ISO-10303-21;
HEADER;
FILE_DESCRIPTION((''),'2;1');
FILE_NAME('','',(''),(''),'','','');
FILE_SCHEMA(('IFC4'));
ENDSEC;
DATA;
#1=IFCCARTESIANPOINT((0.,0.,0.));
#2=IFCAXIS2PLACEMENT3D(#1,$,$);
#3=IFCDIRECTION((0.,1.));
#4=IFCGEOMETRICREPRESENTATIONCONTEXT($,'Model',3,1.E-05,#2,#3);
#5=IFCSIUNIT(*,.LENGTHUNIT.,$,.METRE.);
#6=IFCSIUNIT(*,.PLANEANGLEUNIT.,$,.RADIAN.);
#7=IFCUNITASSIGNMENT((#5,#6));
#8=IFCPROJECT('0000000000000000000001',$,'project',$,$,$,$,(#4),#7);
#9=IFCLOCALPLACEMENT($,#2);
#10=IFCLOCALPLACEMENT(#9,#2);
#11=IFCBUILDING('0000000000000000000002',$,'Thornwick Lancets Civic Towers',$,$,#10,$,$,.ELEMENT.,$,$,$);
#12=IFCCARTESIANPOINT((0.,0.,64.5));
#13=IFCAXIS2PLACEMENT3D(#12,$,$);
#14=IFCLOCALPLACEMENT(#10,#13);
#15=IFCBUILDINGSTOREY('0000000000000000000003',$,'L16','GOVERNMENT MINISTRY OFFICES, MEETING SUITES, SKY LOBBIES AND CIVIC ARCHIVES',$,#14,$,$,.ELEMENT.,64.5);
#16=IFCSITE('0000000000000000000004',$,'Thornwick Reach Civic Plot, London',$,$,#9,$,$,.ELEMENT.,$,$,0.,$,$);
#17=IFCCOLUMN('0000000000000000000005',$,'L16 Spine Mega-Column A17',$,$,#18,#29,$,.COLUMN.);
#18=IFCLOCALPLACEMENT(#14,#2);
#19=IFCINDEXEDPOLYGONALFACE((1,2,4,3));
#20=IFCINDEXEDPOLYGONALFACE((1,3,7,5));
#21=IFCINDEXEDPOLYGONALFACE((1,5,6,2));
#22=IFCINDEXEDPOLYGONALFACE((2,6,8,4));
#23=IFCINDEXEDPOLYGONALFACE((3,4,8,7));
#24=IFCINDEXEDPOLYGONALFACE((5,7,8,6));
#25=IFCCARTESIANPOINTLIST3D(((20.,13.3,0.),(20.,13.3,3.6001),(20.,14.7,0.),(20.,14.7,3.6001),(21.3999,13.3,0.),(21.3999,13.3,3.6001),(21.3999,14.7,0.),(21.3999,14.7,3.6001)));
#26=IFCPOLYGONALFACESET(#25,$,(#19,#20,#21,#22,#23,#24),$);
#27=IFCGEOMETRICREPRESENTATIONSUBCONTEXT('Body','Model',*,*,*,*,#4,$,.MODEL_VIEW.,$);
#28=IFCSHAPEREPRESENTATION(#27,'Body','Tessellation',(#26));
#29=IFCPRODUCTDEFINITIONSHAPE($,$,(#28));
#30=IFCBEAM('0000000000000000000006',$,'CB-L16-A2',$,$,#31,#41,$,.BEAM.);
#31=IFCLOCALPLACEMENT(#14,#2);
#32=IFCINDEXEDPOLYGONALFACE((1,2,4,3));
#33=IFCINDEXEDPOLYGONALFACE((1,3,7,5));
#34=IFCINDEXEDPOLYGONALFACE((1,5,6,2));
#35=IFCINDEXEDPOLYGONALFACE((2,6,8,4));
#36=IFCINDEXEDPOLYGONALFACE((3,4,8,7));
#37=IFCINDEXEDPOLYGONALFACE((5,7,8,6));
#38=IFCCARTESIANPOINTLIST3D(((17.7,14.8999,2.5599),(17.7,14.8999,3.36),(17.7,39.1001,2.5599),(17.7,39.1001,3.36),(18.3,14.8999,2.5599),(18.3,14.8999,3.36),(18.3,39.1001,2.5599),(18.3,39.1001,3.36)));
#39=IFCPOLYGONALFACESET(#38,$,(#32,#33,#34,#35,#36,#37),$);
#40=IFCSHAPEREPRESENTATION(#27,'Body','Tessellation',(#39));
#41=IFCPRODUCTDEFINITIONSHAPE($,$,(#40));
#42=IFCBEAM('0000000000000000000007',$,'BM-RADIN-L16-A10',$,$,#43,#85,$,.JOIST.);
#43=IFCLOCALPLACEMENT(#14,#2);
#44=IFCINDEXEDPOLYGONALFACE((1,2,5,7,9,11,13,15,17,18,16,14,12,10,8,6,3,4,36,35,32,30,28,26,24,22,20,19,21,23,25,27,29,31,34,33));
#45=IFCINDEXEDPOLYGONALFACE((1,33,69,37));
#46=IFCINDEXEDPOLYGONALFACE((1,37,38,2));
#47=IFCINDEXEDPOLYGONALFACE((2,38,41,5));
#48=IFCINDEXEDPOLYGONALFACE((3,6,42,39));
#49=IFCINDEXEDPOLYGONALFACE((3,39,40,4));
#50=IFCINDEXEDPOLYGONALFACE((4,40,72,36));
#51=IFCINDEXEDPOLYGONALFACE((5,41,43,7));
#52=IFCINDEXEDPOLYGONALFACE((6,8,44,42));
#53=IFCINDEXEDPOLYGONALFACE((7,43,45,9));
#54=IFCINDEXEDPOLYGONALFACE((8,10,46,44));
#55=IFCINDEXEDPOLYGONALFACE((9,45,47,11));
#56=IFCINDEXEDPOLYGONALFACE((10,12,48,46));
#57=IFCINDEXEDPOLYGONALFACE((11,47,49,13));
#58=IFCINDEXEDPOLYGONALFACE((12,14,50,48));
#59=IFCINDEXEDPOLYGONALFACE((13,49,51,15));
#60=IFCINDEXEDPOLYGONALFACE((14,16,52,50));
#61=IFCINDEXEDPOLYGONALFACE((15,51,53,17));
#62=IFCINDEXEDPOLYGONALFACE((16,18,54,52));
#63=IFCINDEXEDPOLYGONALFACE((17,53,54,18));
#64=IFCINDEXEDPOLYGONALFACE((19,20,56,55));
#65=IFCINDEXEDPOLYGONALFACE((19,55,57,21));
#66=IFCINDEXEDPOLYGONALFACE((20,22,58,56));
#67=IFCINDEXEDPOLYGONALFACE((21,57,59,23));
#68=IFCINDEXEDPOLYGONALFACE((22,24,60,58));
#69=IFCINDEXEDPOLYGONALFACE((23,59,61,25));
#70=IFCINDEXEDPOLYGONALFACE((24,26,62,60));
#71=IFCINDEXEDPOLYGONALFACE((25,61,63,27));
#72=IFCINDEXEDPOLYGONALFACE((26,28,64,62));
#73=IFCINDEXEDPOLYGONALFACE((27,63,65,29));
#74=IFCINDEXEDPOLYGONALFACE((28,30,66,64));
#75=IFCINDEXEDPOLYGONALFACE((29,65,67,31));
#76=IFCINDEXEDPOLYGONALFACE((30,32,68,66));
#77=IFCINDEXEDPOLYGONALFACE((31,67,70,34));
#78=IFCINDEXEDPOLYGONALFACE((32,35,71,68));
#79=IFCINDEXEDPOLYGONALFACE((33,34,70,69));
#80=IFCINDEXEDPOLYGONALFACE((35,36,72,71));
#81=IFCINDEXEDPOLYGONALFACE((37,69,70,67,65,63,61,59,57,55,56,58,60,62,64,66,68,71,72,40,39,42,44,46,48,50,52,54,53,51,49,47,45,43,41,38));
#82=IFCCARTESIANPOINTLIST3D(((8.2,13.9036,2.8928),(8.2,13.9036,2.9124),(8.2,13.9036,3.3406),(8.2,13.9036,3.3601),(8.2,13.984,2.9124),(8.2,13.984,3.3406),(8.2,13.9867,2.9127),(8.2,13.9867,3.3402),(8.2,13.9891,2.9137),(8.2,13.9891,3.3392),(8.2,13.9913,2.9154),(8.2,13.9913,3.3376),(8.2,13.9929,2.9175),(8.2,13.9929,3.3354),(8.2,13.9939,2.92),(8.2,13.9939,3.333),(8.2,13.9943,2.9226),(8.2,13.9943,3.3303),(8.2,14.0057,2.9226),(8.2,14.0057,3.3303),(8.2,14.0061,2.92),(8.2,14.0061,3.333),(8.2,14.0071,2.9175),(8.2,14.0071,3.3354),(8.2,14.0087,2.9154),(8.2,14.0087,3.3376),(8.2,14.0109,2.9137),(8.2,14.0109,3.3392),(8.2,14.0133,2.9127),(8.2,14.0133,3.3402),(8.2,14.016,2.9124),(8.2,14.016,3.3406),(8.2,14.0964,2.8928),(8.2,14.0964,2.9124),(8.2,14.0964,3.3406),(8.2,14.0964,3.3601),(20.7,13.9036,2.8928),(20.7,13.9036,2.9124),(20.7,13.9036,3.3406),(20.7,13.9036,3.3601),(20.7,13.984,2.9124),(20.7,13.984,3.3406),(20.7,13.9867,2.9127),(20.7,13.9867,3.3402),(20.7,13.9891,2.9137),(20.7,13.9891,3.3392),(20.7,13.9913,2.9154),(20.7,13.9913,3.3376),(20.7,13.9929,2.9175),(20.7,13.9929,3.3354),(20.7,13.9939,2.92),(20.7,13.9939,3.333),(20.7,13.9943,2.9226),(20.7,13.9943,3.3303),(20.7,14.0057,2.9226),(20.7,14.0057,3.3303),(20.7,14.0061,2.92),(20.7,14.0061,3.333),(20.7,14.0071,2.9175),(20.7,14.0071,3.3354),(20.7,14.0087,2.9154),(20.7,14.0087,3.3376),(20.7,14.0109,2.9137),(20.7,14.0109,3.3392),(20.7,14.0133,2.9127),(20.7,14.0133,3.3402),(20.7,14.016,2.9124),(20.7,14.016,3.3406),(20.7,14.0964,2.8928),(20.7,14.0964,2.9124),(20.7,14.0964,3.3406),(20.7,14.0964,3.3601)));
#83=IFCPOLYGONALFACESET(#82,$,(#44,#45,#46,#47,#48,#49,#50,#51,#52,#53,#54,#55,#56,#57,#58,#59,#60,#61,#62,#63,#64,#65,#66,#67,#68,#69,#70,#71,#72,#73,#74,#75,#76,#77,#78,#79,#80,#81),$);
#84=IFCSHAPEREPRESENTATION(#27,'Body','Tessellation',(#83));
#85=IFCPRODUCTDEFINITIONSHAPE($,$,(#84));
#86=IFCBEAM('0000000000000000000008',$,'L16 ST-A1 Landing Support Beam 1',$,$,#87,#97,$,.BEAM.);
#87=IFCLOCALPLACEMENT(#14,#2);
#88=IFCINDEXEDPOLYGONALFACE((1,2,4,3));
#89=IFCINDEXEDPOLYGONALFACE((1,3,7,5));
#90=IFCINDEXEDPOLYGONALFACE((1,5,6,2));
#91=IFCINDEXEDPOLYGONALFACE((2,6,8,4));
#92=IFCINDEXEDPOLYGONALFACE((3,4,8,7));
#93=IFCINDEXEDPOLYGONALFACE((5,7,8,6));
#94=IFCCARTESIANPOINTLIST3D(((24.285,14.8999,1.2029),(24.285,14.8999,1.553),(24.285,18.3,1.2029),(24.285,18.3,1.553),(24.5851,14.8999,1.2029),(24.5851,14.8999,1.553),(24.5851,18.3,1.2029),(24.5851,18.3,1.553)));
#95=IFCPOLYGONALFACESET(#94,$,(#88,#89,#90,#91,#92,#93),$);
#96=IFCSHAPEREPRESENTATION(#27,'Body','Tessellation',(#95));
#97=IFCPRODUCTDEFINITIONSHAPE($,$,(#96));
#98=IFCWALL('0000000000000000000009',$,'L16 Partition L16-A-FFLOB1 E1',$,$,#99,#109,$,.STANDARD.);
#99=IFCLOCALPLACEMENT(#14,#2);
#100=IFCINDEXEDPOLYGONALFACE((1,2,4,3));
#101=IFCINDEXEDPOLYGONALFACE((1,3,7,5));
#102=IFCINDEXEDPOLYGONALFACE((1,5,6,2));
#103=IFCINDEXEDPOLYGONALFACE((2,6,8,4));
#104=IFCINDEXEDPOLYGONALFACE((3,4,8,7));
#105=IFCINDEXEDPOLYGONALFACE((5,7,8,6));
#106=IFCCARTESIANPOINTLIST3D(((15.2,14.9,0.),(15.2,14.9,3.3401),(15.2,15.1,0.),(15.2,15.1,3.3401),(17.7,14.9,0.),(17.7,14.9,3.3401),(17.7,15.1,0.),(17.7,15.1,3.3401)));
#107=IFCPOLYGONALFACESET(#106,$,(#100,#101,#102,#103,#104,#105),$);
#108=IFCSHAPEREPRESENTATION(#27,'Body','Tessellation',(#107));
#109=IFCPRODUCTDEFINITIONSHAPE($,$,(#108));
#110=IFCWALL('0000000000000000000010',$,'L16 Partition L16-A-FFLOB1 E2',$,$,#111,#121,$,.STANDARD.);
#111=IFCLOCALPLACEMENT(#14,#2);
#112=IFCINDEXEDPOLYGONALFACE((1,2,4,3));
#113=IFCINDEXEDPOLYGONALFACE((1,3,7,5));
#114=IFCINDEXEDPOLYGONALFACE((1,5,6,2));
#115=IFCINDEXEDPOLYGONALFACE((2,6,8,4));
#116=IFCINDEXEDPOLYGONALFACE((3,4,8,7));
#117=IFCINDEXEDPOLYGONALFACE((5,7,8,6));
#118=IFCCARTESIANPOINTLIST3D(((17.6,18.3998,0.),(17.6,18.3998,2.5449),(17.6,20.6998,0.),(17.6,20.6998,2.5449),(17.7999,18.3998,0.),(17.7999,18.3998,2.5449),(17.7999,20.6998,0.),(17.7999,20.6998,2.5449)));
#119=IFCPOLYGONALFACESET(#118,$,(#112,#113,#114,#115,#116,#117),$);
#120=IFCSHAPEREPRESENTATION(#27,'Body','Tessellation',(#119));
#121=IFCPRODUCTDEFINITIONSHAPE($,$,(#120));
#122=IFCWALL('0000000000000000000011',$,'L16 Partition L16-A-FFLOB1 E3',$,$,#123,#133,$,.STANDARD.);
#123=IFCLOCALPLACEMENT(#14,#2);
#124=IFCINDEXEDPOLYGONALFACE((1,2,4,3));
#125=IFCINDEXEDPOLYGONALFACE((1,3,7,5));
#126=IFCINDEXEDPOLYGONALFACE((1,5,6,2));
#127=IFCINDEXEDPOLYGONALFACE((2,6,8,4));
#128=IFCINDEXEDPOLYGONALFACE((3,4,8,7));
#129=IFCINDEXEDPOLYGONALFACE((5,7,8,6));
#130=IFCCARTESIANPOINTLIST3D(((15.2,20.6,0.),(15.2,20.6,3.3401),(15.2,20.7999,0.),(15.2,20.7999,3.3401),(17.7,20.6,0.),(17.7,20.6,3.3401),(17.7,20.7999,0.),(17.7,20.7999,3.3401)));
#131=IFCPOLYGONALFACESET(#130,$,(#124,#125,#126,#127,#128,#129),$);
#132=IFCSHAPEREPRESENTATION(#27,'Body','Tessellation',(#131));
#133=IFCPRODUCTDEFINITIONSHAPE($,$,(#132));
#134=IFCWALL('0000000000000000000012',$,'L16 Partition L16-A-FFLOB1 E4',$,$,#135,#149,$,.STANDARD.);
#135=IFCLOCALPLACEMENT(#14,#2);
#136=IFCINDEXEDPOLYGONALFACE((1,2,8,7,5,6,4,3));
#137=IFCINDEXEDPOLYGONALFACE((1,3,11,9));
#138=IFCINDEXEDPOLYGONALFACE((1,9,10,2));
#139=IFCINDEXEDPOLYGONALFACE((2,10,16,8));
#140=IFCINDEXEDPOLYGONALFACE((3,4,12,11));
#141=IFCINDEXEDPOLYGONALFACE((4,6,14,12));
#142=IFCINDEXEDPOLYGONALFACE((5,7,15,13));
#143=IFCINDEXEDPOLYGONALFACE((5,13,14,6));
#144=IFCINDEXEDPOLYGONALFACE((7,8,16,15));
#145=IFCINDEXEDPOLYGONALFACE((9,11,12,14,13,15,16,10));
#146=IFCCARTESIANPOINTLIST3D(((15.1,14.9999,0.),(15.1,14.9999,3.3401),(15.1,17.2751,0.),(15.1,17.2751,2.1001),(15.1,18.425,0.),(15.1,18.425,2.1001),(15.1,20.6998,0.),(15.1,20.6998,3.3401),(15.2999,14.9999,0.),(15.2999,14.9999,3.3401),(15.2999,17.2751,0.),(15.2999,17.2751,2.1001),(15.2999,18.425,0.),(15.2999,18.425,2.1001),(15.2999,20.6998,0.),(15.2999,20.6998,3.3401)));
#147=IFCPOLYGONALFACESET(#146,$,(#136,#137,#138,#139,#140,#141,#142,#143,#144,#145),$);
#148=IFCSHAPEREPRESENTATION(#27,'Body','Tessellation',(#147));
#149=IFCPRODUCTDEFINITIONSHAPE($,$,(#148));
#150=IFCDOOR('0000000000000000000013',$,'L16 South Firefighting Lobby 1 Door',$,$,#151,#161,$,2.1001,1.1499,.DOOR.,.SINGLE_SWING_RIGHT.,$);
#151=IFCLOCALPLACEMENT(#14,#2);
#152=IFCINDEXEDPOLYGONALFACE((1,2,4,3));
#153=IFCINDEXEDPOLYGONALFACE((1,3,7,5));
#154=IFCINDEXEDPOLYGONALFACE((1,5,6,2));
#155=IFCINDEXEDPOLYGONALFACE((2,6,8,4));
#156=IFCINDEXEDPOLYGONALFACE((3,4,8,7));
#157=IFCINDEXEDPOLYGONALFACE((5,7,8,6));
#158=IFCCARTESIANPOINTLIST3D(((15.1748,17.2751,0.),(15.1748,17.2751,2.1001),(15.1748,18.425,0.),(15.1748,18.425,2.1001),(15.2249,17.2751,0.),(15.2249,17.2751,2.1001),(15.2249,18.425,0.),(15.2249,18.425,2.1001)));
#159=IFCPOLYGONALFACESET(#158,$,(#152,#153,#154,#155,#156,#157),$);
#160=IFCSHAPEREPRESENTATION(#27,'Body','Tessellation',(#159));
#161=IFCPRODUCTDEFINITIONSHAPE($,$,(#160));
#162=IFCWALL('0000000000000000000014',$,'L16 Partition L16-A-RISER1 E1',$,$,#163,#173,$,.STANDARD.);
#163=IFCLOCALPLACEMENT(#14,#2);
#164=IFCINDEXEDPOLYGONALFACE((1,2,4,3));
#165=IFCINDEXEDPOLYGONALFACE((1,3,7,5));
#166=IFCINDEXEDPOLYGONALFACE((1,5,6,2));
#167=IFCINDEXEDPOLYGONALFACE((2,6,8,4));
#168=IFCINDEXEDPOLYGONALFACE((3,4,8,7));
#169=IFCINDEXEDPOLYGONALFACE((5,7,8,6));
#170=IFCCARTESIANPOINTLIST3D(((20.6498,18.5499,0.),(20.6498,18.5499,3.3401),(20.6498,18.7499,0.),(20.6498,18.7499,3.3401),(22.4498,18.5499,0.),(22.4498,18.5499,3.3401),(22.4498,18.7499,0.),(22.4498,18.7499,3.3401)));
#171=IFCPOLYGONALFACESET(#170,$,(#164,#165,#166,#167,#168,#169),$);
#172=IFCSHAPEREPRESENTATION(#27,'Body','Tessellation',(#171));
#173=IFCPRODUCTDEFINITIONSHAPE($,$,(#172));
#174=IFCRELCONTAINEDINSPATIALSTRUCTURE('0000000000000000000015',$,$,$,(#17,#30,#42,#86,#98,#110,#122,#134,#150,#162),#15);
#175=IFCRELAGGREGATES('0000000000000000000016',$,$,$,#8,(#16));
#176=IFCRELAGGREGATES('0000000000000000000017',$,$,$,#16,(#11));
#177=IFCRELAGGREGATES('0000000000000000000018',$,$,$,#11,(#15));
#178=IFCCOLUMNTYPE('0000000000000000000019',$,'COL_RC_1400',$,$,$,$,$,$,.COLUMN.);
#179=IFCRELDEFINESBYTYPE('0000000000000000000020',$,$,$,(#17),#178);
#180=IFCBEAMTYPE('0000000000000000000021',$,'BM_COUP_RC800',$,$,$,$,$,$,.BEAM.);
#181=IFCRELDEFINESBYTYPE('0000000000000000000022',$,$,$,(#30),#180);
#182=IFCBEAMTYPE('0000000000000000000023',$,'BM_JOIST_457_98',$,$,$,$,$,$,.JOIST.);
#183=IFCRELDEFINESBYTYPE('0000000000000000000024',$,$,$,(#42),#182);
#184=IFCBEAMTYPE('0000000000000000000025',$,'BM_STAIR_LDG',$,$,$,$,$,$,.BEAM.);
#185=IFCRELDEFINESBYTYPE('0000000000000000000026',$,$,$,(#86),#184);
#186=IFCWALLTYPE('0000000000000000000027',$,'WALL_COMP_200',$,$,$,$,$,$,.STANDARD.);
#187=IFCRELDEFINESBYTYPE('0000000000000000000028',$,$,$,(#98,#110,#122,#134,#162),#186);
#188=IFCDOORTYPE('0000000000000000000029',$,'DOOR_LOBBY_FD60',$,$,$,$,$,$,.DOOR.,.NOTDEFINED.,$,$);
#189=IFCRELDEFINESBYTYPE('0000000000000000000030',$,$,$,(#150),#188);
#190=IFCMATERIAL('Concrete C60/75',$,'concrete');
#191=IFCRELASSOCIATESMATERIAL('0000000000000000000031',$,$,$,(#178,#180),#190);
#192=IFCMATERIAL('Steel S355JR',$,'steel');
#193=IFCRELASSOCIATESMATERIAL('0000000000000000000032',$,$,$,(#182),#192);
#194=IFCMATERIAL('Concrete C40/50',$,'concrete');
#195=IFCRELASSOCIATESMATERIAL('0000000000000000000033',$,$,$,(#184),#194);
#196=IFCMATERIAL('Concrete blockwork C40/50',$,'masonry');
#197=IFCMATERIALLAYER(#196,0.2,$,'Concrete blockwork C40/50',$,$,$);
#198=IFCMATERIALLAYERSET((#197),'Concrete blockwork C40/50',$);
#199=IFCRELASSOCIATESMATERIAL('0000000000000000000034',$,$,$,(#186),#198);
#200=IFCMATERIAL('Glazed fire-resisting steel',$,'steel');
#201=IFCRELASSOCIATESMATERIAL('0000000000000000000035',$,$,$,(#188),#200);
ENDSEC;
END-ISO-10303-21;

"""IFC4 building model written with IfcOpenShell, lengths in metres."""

from ifc_helpers import new_model, si_unit, direction, frame, frame_2d, origin, origin_2d, place, context, subcontext, project, spatial, rectangle, i_section, extrude, material, layer, layer_set, material_profile, profile_set, type_object, element, fill, save


model = new_model("IFC4")

# Units and contexts
model_context = context("Model", 3, precision=1e-05, world=origin(), true_north=direction((0.0, 1.0)))
body_context = subcontext(model_context, "Body", "Model", "MODEL_VIEW")
ifc_project = project(units=[si_unit("LENGTHUNIT", "METRE"), si_unit("PLANEANGLEUNIT", "RADIAN")], contexts=[model_context])

# Site, building, storey
site_placement = place(None, origin())
site = spatial("IfcSite", under=ifc_project, at=site_placement, Name="Thornwick Reach Civic Plot, London", CompositionType="ELEMENT", RefElevation=0.0)
building_placement = place(site_placement, origin())
building = spatial("IfcBuilding", under=site, at=building_placement, Name="Thornwick Lancets Civic Towers", CompositionType="ELEMENT")
storey_placement = place(building_placement, frame((0.0, 0.0, 64.5)))
storey = spatial("IfcBuildingStorey", under=building, at=storey_placement, Name="L16", Description="GOVERNMENT MINISTRY OFFICES, MEETING SUITES, SKY LOBBIES AND CIVIC ARCHIVES", CompositionType="ELEMENT", Elevation=64.5)

# Column
ifc_material_1 = material(Name="Concrete C60/75", Category="concrete")
ifc_material_profile_1 = material_profile(ifc_material_1, rectangle(XDim=1.3999, YDim=1.3999, at=origin_2d()), Name="RC 1400x1400")
ifc_profile_set_1 = profile_set([ifc_material_profile_1], Name="Concrete C60/75")
column_type = type_object("IfcColumnType", Name="COL_RC_1400", PredefinedType="COLUMN", material=ifc_profile_set_1)
column_placement = place(storey_placement, frame((20.7, 14.0, 0.0), z_axis=(0.0, 0.0, 1.0), x_axis=(1.0, 0.0, 0.0)))
element("IfcColumn", 1, at=column_placement, inside=storey, type_object=column_type, Name="L16 Spine Mega-Column A17", PredefinedType="COLUMN", context=body_context, shape_type="SweptSolid", body=[
    extrude(rectangle(XDim=1.3999, YDim=1.3999, at=origin_2d()), origin(), (0.0, 0.0, 1.0), 3.6001),
])

# Beams
ifc_material_profile_2 = material_profile(ifc_material_1, rectangle(XDim=0.6001, YDim=0.8, at=origin_2d()), Name="RC 600x800")
ifc_profile_set_2 = profile_set([ifc_material_profile_2], Name="Concrete C60/75")
beam_type_1 = type_object("IfcBeamType", Name="BM_COUP_RC800", PredefinedType="BEAM", material=ifc_profile_set_2)
beam_1_placement = place(storey_placement, frame((18.0, 14.8999, 2.96), z_axis=(0.0, 1.0, 0.0), x_axis=(-1.0, 0.0, 0.0)))
element("IfcBeam", 2, at=beam_1_placement, inside=storey, type_object=beam_type_1, Name="CB-L16-A2", PredefinedType="BEAM", context=body_context, shape_type="SweptSolid", body=[
    extrude(rectangle(XDim=0.6001, YDim=0.8, at=origin_2d()), origin(), (0.0, 0.0, 1.0), 24.2002),
])
ifc_material_2 = material(Name="Steel S355JR", Category="steel")
ifc_material_profile_3 = material_profile(ifc_material_2, i_section(OverallWidth=0.1929, OverallDepth=0.4673, WebThickness=0.0115, FlangeThickness=0.0195, FilletRadius=0.0103, at=origin_2d()), Name="UKB 457x191x98")
ifc_profile_set_3 = profile_set([ifc_material_profile_3], Name="Steel S355JR")
beam_type_2 = type_object("IfcBeamType", Name="BM_JOIST_457_98", PredefinedType="JOIST", material=ifc_profile_set_3)
beam_2_placement = place(storey_placement, frame((20.7, 14.0, 3.1265), z_axis=(-1.0, 0.0, 0.0), x_axis=(0.0, -1.0, 0.0)))
element("IfcBeam", 3, at=beam_2_placement, inside=storey, type_object=beam_type_2, Name="BM-RADIN-L16-A10", PredefinedType="JOIST", context=body_context, shape_type="SweptSolid", body=[
    extrude(i_section(OverallWidth=0.1929, OverallDepth=0.4673, WebThickness=0.0115, FlangeThickness=0.0195, FilletRadius=0.0103, at=origin_2d()), origin(), (0.0, 0.0, 1.0), 12.5),
])
ifc_material_3 = material(Name="Concrete C40/50", Category="concrete")
ifc_material_profile_4 = material_profile(ifc_material_3, rectangle(XDim=0.3, YDim=0.3501, at=origin_2d()), Name="RC 300x350")
ifc_profile_set_4 = profile_set([ifc_material_profile_4], Name="Concrete C40/50")
beam_type_3 = type_object("IfcBeamType", Name="BM_STAIR_LDG", PredefinedType="BEAM", material=ifc_profile_set_4)
beam_3_placement = place(storey_placement, frame((24.4351, 14.8999, 1.3779), z_axis=(0.0, 1.0, 0.0), x_axis=(-1.0, 0.0, 0.0)))
element("IfcBeam", 4, at=beam_3_placement, inside=storey, type_object=beam_type_3, Name="L16 ST-A1 Landing Support Beam 1", PredefinedType="BEAM", context=body_context, shape_type="SweptSolid", body=[
    extrude(rectangle(XDim=0.3, YDim=0.3501, at=origin_2d()), origin(), (0.0, 0.0, 1.0), 3.4001),
])

# Walls
ifc_material_4 = material(Name="Concrete blockwork C40/50", Category="masonry")
ifc_layer_1 = layer(ifc_material_4, 0.2, Name="Concrete blockwork C40/50")
ifc_layer_set_1 = layer_set([ifc_layer_1], Name="Concrete blockwork C40/50")
wall_type_1 = type_object("IfcWallType", Name="WALL_COMP_200", PredefinedType="STANDARD", material=ifc_layer_set_1)
wall_1_placement = place(storey_placement, frame((15.2, 15.0, 0.0), z_axis=(0.0, 0.0, 1.0), x_axis=(1.0, 0.0, 0.0)))
element("IfcWall", 5, at=wall_1_placement, inside=storey, type_object=wall_type_1, Name="L16 Partition L16-A-FFLOB1 E1", PredefinedType="STANDARD", context=body_context, shape_type="SweptSolid", body=[
    extrude(rectangle(XDim=2.5, YDim=0.2, at=frame_2d((1.25, 0.0))), origin(), (0.0, 0.0, 1.0), 3.3401),
])
wall_2_placement = place(storey_placement, frame((17.7, 18.3999, 0.0), z_axis=(0.0, 0.0, 1.0), x_axis=(0.0, 1.0, 0.0)))
element("IfcWall", 6, at=wall_2_placement, inside=storey, type_object=wall_type_1, Name="L16 Partition L16-A-FFLOB1 E2", PredefinedType="STANDARD", context=body_context, shape_type="SweptSolid", body=[
    extrude(rectangle(XDim=2.3, YDim=0.2, at=frame_2d((1.1499, 0.0))), origin(), (0.0, 0.0, 1.0), 2.5449),
])
wall_3_placement = place(storey_placement, frame((17.7, 20.7, 0.0), z_axis=(0.0, 0.0, 1.0), x_axis=(-1.0, 0.0, 0.0)))
element("IfcWall", 7, at=wall_3_placement, inside=storey, type_object=wall_type_1, Name="L16 Partition L16-A-FFLOB1 E3", PredefinedType="STANDARD", context=body_context, shape_type="SweptSolid", body=[
    extrude(rectangle(XDim=2.5, YDim=0.2, at=frame_2d((1.25, 0.0))), origin(), (0.0, 0.0, 1.0), 3.3401),
])

# Wall, opening, door
wall_4_placement = place(storey_placement, frame((15.2, 20.7, 0.0), z_axis=(0.0, 0.0, 1.0), x_axis=(0.0, -1.0, 0.0)))
wall_4 = element("IfcWall", 8, at=wall_4_placement, inside=storey, type_object=wall_type_1, Name="L16 Partition L16-A-FFLOB1 E4", PredefinedType="STANDARD", context=body_context, shape_type="SweptSolid", body=[
    extrude(rectangle(XDim=5.7, YDim=0.2, at=frame_2d((2.8501, 0.0))), origin(), (0.0, 0.0, 1.0), 3.3401),
])
opening_1_placement = place(wall_4_placement, frame((2.2749, 0.0, 0.0)))
opening_1 = element("IfcOpeningElement", 9, at=opening_1_placement, cuts=wall_4, PredefinedType="OPENING", context=body_context, shape_type="SweptSolid", body=[
    extrude(rectangle(XDim=1.1499, YDim=2.1001, at=frame_2d((0.575, 1.05))), frame((0.0, 0.1099, 0.0), z_axis=(0.0, -1.0, 0.0), x_axis=(1.0, 0.0, 0.0)), (0.0, 0.0, 1.0), 0.22),
])
ifc_material_5 = material(Name="Glazed fire-resisting steel", Category="steel")
door_type_1 = type_object("IfcDoorType", Name="DOOR_LOBBY_FD60", OperationType="NOTDEFINED", PredefinedType="DOOR", material=ifc_material_5)
door_1_placement = place(opening_1_placement, origin())
door_1 = element("IfcDoor", 10, at=door_1_placement, inside=storey, type_object=door_type_1, Name="L16 South Firefighting Lobby 1 Door", OperationType="SINGLE_SWING_RIGHT", OverallHeight=2.1001, OverallWidth=1.1499, PredefinedType="DOOR", context=body_context, shape_type="SweptSolid", body=[
    extrude(rectangle(XDim=1.1499, YDim=2.1001, at=frame_2d((0.575, 1.05))), frame((0.0, 0.0249, 0.0), z_axis=(0.0, -1.0, 0.0), x_axis=(1.0, 0.0, 0.0)), (0.0, 0.0, 1.0), 0.05),
])
fill(opening_1, door_1)

# Wall
wall_5_placement = place(storey_placement, frame((20.6499, 18.6499, 0.0), z_axis=(0.0, 0.0, 1.0), x_axis=(1.0, 0.0, 0.0)))
element("IfcWall", 11, at=wall_5_placement, inside=storey, type_object=wall_type_1, Name="L16 Partition L16-A-RISER1 E1", PredefinedType="STANDARD", context=body_context, shape_type="SweptSolid", body=[
    extrude(rectangle(XDim=1.8, YDim=0.2, at=frame_2d((0.8999, 0.0))), origin(), (0.0, 0.0, 1.0), 3.3401),
])

save(model, "model.ifc")
